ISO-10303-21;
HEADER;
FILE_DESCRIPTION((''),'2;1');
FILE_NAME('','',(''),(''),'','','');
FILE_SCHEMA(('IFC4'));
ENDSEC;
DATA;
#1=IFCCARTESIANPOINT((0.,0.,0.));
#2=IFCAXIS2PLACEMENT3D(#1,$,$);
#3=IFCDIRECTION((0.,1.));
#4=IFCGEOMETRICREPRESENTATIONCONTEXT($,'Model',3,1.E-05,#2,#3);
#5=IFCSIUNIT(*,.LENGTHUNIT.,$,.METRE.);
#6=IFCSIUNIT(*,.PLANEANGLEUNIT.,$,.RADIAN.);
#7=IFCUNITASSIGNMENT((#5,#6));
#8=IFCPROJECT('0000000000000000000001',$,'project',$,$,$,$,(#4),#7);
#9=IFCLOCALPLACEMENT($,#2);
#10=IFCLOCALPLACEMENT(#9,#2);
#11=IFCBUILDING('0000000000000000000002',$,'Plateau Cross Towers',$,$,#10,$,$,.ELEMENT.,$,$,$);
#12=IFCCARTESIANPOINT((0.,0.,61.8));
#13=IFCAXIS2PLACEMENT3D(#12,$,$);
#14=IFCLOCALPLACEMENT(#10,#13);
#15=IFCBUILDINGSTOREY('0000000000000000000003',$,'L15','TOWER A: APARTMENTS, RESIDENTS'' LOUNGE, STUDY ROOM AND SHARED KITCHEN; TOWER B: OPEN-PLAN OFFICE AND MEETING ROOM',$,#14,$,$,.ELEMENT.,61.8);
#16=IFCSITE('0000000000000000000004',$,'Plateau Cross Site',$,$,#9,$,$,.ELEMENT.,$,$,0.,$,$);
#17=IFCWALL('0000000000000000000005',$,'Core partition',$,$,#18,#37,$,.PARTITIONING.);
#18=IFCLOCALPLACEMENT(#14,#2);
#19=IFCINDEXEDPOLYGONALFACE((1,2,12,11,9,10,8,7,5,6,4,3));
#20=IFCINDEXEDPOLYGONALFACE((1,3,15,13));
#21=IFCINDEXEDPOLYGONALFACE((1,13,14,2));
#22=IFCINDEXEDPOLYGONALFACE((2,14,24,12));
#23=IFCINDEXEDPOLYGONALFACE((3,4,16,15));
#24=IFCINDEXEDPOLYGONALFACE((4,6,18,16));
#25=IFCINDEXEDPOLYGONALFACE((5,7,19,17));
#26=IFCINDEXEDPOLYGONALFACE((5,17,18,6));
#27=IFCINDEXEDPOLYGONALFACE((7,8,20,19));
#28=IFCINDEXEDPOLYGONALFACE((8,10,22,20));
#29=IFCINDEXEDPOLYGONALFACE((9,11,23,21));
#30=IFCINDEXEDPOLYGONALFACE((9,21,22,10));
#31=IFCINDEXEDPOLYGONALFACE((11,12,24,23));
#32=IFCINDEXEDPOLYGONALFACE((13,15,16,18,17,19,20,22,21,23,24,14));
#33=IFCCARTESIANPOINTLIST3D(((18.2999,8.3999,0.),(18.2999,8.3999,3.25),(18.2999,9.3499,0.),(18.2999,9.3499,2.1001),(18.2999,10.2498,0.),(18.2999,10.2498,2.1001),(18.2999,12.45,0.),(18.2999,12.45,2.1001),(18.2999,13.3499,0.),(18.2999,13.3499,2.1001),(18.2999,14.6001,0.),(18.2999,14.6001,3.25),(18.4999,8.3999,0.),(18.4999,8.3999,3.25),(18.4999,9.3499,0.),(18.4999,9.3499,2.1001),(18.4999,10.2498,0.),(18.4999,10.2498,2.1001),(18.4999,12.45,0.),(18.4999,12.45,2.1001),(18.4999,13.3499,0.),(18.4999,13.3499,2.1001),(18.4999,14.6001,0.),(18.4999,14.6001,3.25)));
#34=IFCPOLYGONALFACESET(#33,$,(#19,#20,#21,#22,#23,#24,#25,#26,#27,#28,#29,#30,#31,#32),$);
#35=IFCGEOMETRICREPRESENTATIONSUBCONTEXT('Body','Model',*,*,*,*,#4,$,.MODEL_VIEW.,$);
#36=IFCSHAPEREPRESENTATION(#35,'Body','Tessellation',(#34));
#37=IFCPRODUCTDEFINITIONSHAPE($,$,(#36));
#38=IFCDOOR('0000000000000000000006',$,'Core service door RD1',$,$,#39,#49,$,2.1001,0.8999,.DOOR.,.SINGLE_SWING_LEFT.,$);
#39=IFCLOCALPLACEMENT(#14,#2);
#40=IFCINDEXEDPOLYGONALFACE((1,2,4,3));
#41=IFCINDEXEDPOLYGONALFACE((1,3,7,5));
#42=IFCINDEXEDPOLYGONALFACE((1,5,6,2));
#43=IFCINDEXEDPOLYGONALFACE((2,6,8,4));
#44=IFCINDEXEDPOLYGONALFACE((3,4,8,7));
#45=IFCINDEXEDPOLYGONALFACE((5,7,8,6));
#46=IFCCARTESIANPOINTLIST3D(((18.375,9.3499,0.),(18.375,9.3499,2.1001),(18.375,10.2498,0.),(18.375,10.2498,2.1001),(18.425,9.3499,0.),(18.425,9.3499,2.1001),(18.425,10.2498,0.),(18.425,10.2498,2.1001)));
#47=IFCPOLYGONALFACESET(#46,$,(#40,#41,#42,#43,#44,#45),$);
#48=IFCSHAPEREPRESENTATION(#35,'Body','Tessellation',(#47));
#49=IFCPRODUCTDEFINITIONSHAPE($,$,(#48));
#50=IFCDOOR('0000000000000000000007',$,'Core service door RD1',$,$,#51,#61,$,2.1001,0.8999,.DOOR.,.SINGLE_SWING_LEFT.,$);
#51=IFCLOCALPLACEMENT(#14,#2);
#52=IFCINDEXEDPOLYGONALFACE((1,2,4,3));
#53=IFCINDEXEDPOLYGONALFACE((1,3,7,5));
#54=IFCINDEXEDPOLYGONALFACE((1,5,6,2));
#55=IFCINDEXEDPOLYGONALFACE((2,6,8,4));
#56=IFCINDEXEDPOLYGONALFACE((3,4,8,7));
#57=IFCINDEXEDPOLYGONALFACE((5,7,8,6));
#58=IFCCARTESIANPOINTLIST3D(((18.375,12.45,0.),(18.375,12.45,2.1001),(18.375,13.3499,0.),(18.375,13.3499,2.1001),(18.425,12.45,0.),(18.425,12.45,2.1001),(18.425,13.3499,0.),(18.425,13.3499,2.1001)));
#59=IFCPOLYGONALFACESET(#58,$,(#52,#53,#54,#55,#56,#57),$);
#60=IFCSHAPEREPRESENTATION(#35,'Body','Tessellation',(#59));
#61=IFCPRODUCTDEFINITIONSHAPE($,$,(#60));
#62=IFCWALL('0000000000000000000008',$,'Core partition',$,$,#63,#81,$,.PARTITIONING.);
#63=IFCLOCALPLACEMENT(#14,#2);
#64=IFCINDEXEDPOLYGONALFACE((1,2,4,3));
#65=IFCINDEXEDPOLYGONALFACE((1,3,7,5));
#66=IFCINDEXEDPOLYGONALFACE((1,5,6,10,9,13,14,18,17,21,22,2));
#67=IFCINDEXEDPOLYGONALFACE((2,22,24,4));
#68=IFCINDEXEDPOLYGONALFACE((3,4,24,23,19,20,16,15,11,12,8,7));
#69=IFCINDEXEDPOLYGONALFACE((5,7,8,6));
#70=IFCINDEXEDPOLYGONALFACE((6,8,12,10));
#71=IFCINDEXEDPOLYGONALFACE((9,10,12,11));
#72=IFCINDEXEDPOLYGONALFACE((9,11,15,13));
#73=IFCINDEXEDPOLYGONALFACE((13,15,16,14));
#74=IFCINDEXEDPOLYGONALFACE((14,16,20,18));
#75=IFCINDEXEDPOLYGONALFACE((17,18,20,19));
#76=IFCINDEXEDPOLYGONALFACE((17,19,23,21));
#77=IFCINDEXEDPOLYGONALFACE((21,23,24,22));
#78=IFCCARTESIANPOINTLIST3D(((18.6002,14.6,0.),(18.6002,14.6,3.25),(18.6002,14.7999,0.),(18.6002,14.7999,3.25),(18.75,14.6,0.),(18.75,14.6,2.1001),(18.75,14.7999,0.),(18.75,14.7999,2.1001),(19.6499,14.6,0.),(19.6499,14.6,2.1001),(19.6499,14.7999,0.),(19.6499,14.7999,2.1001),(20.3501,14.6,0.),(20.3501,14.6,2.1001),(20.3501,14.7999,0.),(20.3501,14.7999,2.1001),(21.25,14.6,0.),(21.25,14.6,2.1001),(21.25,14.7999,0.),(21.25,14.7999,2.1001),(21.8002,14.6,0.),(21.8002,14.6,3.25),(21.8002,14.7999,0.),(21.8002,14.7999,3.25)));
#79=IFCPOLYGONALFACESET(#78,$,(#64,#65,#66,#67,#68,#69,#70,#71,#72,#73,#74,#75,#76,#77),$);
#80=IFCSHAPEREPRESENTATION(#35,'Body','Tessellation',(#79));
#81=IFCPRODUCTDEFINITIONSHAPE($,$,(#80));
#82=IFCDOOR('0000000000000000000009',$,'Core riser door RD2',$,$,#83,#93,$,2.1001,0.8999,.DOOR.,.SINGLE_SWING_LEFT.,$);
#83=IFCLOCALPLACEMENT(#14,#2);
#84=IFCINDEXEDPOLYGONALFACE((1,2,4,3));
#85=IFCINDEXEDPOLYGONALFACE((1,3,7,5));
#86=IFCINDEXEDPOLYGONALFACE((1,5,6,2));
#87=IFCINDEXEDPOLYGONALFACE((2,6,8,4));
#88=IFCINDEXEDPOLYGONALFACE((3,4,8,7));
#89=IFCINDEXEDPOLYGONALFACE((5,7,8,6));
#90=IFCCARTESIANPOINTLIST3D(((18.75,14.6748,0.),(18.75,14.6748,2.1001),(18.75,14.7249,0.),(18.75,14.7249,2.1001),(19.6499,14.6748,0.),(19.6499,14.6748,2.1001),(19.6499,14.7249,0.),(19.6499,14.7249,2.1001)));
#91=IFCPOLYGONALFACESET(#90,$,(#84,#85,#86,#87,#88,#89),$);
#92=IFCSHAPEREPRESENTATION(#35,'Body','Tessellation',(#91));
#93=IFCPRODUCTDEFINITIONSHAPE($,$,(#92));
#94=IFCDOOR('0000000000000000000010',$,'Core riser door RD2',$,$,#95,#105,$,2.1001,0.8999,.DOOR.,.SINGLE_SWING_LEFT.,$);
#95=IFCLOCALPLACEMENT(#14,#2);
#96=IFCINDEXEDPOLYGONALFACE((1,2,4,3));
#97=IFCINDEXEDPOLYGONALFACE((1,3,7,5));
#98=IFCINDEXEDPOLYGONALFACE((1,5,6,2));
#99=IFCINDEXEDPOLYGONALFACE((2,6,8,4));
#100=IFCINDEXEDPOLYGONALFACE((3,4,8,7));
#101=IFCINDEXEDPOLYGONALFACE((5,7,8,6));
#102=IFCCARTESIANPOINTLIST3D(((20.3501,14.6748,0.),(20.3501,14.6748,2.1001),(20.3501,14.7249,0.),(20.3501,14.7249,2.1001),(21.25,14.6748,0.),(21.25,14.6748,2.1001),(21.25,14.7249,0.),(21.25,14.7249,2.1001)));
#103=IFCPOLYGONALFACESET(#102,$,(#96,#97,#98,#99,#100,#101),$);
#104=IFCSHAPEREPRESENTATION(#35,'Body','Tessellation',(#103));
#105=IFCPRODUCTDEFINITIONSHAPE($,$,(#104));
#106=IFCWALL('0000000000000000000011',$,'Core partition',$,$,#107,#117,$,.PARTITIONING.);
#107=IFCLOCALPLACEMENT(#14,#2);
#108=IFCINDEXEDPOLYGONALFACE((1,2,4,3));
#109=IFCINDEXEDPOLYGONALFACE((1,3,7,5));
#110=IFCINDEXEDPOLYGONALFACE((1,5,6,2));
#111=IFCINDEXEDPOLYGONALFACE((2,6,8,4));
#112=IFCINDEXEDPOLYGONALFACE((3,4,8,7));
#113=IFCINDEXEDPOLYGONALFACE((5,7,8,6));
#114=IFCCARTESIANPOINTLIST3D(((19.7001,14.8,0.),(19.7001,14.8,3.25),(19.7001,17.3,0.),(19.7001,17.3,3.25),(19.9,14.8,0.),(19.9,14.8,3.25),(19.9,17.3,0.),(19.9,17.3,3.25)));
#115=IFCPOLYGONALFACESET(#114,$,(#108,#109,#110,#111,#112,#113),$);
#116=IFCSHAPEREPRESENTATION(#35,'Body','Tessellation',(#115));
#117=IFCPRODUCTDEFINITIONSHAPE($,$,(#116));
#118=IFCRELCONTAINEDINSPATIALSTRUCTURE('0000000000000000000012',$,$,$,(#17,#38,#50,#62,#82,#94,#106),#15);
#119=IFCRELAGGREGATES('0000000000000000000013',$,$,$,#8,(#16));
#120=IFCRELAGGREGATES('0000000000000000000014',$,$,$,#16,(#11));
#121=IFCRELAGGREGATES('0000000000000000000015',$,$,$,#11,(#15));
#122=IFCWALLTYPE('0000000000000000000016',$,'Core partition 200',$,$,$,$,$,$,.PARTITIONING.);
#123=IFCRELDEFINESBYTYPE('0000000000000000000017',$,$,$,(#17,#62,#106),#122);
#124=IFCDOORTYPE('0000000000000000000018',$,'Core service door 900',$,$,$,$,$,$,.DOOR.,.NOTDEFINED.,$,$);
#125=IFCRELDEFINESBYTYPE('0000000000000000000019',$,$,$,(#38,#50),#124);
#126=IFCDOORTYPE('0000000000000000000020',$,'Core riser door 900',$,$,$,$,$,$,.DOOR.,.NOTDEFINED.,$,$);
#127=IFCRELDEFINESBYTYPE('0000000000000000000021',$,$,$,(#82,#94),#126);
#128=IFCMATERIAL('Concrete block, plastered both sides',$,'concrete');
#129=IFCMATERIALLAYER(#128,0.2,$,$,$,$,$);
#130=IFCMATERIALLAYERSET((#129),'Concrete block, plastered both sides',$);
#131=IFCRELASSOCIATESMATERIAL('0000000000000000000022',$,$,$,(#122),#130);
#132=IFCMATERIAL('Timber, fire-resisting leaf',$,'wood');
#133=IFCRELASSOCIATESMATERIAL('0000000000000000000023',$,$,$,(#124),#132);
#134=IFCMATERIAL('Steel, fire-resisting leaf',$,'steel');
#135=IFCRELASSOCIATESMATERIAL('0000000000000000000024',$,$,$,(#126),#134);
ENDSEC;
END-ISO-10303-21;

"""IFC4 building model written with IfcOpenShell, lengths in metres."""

from ifc_helpers import new_model, si_unit, direction, frame, frame_2d, origin, place, context, subcontext, project, spatial, rectangle, extrude, material, layer, layer_set, type_object, element, fill, save


model = new_model("IFC4")

# Units and contexts
model_context = context("Model", 3, precision=1e-05, world=origin(), true_north=direction((0.0, 1.0)))
body_context = subcontext(model_context, "Body", "Model", "MODEL_VIEW")
ifc_project = project(units=[si_unit("LENGTHUNIT", "METRE"), si_unit("PLANEANGLEUNIT", "RADIAN")], contexts=[model_context])

# Site, building, storey
site_placement = place(None, origin())
site = spatial("IfcSite", under=ifc_project, at=site_placement, Name="Plateau Cross Site", CompositionType="ELEMENT", RefElevation=0.0)
building_placement = place(site_placement, origin())
building = spatial("IfcBuilding", under=site, at=building_placement, Name="Plateau Cross Towers", CompositionType="ELEMENT")
storey_placement = place(building_placement, frame((0.0, 0.0, 61.8)))
storey = spatial("IfcBuildingStorey", under=building, at=storey_placement, Name="L15", Description="TOWER A: APARTMENTS, RESIDENTS' LOUNGE, STUDY ROOM AND SHARED KITCHEN; TOWER B: OPEN-PLAN OFFICE AND MEETING ROOM", CompositionType="ELEMENT", Elevation=61.8)

# Walls, openings, doors
ifc_material_1 = material(Name="Concrete block, plastered both sides", Category="concrete")
ifc_layer_1 = layer(ifc_material_1, 0.2)
ifc_layer_set_1 = layer_set([ifc_layer_1], Name="Concrete block, plastered both sides")
wall_type_1 = type_object("IfcWallType", Name="Core partition 200", PredefinedType="PARTITIONING", material=ifc_layer_set_1)
wall_1_placement = place(storey_placement, frame((18.3999, 8.3999, 0.0), z_axis=(0.0, 0.0, 1.0), x_axis=(0.0, 1.0, 0.0)))
wall_1 = element("IfcWall", 1, at=wall_1_placement, inside=storey, type_object=wall_type_1, Name="Core partition", PredefinedType="PARTITIONING", context=body_context, shape_type="SweptSolid", body=[
    extrude(rectangle(XDim=6.2002, YDim=0.2, at=frame_2d((3.1001, 0.0))), origin(), (0.0, 0.0, 1.0), 3.25),
])
opening_1_placement = place(wall_1_placement, frame((0.95, 0.0, 0.0)))
opening_1 = element("IfcOpeningElement", 2, at=opening_1_placement, cuts=wall_1, PredefinedType="OPENING", context=body_context, shape_type="SweptSolid", body=[
    extrude(rectangle(XDim=0.8999, YDim=2.1001, at=frame_2d((0.45, 1.05))), frame((0.0, 0.1099, 0.0), z_axis=(0.0, -1.0, 0.0), x_axis=(1.0, 0.0, 0.0)), (0.0, 0.0, 1.0), 0.22),
])
opening_2_placement = place(wall_1_placement, frame((4.05, 0.0, 0.0)))
opening_2 = element("IfcOpeningElement", 3, at=opening_2_placement, cuts=wall_1, PredefinedType="OPENING", context=body_context, shape_type="SweptSolid", body=[
    extrude(rectangle(XDim=0.8999, YDim=2.1001, at=frame_2d((0.45, 1.05))), frame((0.0, 0.1099, 0.0), z_axis=(0.0, -1.0, 0.0), x_axis=(1.0, 0.0, 0.0)), (0.0, 0.0, 1.0), 0.22),
])
ifc_material_2 = material(Name="Timber, fire-resisting leaf", Category="wood")
door_type_1 = type_object("IfcDoorType", Name="Core service door 900", OperationType="NOTDEFINED", PredefinedType="DOOR", material=ifc_material_2)
door_1_placement = place(opening_1_placement, origin())
door_1 = element("IfcDoor", 4, at=door_1_placement, inside=storey, type_object=door_type_1, Name="Core service door RD1", OperationType="SINGLE_SWING_LEFT", OverallHeight=2.1001, OverallWidth=0.8999, PredefinedType="DOOR", context=body_context, shape_type="SweptSolid", body=[
    extrude(rectangle(XDim=0.8999, YDim=2.1001, at=frame_2d((0.45, 1.05))), frame((0.0, 0.0249, 0.0), z_axis=(0.0, -1.0, 0.0), x_axis=(1.0, 0.0, 0.0)), (0.0, 0.0, 1.0), 0.05),
])
fill(opening_1, door_1)
door_2_placement = place(opening_2_placement, origin())
door_2 = element("IfcDoor", 5, at=door_2_placement, inside=storey, type_object=door_type_1, Name="Core service door RD1", OperationType="SINGLE_SWING_LEFT", OverallHeight=2.1001, OverallWidth=0.8999, PredefinedType="DOOR", context=body_context, shape_type="SweptSolid", body=[
    extrude(rectangle(XDim=0.8999, YDim=2.1001, at=frame_2d((0.45, 1.05))), frame((0.0, 0.0249, 0.0), z_axis=(0.0, -1.0, 0.0), x_axis=(1.0, 0.0, 0.0)), (0.0, 0.0, 1.0), 0.05),
])
fill(opening_2, door_2)
wall_2_placement = place(storey_placement, frame((18.6001, 14.7, 0.0), z_axis=(0.0, 0.0, 1.0), x_axis=(1.0, 0.0, 0.0)))
wall_2 = element("IfcWall", 6, at=wall_2_placement, inside=storey, type_object=wall_type_1, Name="Core partition", PredefinedType="PARTITIONING", context=body_context, shape_type="SweptSolid", body=[
    extrude(rectangle(XDim=3.2, YDim=0.2, at=frame_2d((1.6001, 0.0))), origin(), (0.0, 0.0, 1.0), 3.25),
])
opening_3_placement = place(wall_2_placement, frame((0.1499, 0.0, 0.0)))
opening_3 = element("IfcOpeningElement", 7, at=opening_3_placement, cuts=wall_2, PredefinedType="OPENING", context=body_context, shape_type="SweptSolid", body=[
    extrude(rectangle(XDim=0.8999, YDim=2.1001, at=frame_2d((0.45, 1.05))), frame((0.0, 0.1099, 0.0), z_axis=(0.0, -1.0, 0.0), x_axis=(1.0, 0.0, 0.0)), (0.0, 0.0, 1.0), 0.22),
])
opening_4_placement = place(wall_2_placement, frame((1.75, 0.0, 0.0)))
opening_4 = element("IfcOpeningElement", 8, at=opening_4_placement, cuts=wall_2, PredefinedType="OPENING", context=body_context, shape_type="SweptSolid", body=[
    extrude(rectangle(XDim=0.8999, YDim=2.1001, at=frame_2d((0.45, 1.05))), frame((0.0, 0.1099, 0.0), z_axis=(0.0, -1.0, 0.0), x_axis=(1.0, 0.0, 0.0)), (0.0, 0.0, 1.0), 0.22),
])
ifc_material_3 = material(Name="Steel, fire-resisting leaf", Category="steel")
door_type_2 = type_object("IfcDoorType", Name="Core riser door 900", OperationType="NOTDEFINED", PredefinedType="DOOR", material=ifc_material_3)
door_3_placement = place(opening_3_placement, origin())
door_3 = element("IfcDoor", 9, at=door_3_placement, inside=storey, type_object=door_type_2, Name="Core riser door RD2", OperationType="SINGLE_SWING_LEFT", OverallHeight=2.1001, OverallWidth=0.8999, PredefinedType="DOOR", context=body_context, shape_type="SweptSolid", body=[
    extrude(rectangle(XDim=0.8999, YDim=2.1001, at=frame_2d((0.45, 1.05))), frame((0.0, 0.0249, 0.0), z_axis=(0.0, -1.0, 0.0), x_axis=(1.0, 0.0, 0.0)), (0.0, 0.0, 1.0), 0.05),
])
fill(opening_3, door_3)
door_4_placement = place(opening_4_placement, origin())
door_4 = element("IfcDoor", 10, at=door_4_placement, inside=storey, type_object=door_type_2, Name="Core riser door RD2", OperationType="SINGLE_SWING_LEFT", OverallHeight=2.1001, OverallWidth=0.8999, PredefinedType="DOOR", context=body_context, shape_type="SweptSolid", body=[
    extrude(rectangle(XDim=0.8999, YDim=2.1001, at=frame_2d((0.45, 1.05))), frame((0.0, 0.0249, 0.0), z_axis=(0.0, -1.0, 0.0), x_axis=(1.0, 0.0, 0.0)), (0.0, 0.0, 1.0), 0.05),
])
fill(opening_4, door_4)

# Wall
wall_3_placement = place(storey_placement, frame((19.8, 14.8, 0.0), z_axis=(0.0, 0.0, 1.0), x_axis=(0.0, 1.0, 0.0)))
element("IfcWall", 11, at=wall_3_placement, inside=storey, type_object=wall_type_1, Name="Core partition", PredefinedType="PARTITIONING", context=body_context, shape_type="SweptSolid", body=[
    extrude(rectangle(XDim=2.5, YDim=0.2, at=frame_2d((1.25, 0.0))), origin(), (0.0, 0.0, 1.0), 3.25),
])

save(model, "model.ifc")
